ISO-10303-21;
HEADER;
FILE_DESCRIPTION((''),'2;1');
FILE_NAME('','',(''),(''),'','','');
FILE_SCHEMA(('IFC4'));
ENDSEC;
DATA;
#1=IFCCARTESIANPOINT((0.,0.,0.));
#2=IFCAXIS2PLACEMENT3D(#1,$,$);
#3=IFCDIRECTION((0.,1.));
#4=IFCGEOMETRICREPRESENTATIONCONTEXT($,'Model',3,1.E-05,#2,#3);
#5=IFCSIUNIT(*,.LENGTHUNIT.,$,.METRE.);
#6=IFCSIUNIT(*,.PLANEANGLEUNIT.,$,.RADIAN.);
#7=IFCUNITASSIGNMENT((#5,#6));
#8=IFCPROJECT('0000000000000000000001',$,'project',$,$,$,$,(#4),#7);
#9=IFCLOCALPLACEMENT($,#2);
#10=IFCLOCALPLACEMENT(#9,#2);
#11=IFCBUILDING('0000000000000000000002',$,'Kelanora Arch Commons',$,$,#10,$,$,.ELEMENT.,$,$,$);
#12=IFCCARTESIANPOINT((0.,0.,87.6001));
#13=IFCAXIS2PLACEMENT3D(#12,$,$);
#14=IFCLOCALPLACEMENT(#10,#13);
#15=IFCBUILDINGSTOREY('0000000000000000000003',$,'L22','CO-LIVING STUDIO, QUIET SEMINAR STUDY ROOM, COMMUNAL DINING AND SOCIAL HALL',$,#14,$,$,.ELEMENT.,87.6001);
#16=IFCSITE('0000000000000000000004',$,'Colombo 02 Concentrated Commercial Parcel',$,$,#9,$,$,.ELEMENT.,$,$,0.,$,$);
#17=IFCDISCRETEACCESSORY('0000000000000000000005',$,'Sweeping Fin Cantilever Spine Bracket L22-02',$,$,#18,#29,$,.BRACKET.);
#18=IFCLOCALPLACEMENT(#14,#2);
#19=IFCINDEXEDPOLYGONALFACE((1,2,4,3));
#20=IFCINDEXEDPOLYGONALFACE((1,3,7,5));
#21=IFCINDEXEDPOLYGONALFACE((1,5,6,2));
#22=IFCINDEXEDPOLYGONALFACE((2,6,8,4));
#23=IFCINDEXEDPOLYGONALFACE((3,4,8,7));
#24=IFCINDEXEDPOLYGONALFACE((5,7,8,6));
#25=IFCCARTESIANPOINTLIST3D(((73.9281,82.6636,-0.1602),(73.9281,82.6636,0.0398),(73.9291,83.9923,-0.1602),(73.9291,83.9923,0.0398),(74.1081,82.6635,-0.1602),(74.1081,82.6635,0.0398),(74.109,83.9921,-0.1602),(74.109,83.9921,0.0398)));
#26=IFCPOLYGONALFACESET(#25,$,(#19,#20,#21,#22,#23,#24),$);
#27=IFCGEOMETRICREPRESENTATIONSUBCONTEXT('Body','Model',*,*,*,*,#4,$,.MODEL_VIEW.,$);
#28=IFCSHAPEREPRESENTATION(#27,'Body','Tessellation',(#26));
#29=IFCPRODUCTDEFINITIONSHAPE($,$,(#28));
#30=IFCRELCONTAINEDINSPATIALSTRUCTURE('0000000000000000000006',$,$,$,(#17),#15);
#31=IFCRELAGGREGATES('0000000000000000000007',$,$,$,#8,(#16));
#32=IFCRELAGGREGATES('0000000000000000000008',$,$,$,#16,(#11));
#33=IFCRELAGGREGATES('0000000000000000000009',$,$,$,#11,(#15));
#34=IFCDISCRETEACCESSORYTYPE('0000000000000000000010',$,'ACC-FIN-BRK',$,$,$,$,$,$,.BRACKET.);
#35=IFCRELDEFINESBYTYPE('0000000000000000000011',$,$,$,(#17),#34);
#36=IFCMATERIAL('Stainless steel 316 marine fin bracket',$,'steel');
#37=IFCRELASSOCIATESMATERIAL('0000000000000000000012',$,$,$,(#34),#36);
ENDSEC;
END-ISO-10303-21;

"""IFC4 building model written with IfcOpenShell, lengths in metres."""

from ifc_helpers import new_model, si_unit, direction, frame, origin, origin_2d, place, context, subcontext, project, spatial, rectangle, extrude, source, transform, mapped, material, type_object, element, save


model = new_model("IFC4")

# Units and contexts
model_context = context("Model", 3, precision=1e-05, world=origin(), true_north=direction((0.0, 1.0)))
body_context = subcontext(model_context, "Body", "Model", "MODEL_VIEW")
ifc_project = project(units=[si_unit("LENGTHUNIT", "METRE"), si_unit("PLANEANGLEUNIT", "RADIAN")], contexts=[model_context])

# Site, building, storey
site_placement = place(None, origin())
site = spatial("IfcSite", under=ifc_project, at=site_placement, Name="Colombo 02 Concentrated Commercial Parcel", CompositionType="ELEMENT", RefElevation=0.0)
building_placement = place(site_placement, origin())
building = spatial("IfcBuilding", under=site, at=building_placement, Name="Kelanora Arch Commons", CompositionType="ELEMENT")
storey_placement = place(building_placement, frame((0.0, 0.0, 87.6001)))
storey = spatial("IfcBuildingStorey", under=building, at=storey_placement, Name="L22", Description="CO-LIVING STUDIO, QUIET SEMINAR STUDY ROOM, COMMUNAL DINING AND SOCIAL HALL", CompositionType="ELEMENT", Elevation=87.6001)

# Discrete accessory
ifc_material_1 = material(Name="Stainless steel 316 marine fin bracket", Category="steel")
discrete_accessory_type = type_object("IfcDiscreteAccessoryType", Name="ACC-FIN-BRK", PredefinedType="BRACKET", material=ifc_material_1)
shared_shape_1 = source(origin(), body_context, "Body", "SweptSolid", [
    extrude(rectangle(XDim=1.3286, YDim=0.1799, at=origin_2d()), origin(), (0.0, 0.0, 1.0), 0.2),
])
discrete_accessory_placement = place(storey_placement, frame((74.0186, 83.3279, -0.1602), z_axis=(0.0, 0.0, 1.0), x_axis=(0.000698, 1.0, 0.0)))
element("IfcDiscreteAccessory", 1, at=discrete_accessory_placement, inside=storey, type_object=discrete_accessory_type, Name="Sweeping Fin Cantilever Spine Bracket L22-02", PredefinedType="BRACKET", context=body_context, shape_type="MappedRepresentation", body=[
    mapped(shared_shape_1, transform((0.0, 0.0, 0.0), scale=1.0)),
])

save(model, "model.ifc")
